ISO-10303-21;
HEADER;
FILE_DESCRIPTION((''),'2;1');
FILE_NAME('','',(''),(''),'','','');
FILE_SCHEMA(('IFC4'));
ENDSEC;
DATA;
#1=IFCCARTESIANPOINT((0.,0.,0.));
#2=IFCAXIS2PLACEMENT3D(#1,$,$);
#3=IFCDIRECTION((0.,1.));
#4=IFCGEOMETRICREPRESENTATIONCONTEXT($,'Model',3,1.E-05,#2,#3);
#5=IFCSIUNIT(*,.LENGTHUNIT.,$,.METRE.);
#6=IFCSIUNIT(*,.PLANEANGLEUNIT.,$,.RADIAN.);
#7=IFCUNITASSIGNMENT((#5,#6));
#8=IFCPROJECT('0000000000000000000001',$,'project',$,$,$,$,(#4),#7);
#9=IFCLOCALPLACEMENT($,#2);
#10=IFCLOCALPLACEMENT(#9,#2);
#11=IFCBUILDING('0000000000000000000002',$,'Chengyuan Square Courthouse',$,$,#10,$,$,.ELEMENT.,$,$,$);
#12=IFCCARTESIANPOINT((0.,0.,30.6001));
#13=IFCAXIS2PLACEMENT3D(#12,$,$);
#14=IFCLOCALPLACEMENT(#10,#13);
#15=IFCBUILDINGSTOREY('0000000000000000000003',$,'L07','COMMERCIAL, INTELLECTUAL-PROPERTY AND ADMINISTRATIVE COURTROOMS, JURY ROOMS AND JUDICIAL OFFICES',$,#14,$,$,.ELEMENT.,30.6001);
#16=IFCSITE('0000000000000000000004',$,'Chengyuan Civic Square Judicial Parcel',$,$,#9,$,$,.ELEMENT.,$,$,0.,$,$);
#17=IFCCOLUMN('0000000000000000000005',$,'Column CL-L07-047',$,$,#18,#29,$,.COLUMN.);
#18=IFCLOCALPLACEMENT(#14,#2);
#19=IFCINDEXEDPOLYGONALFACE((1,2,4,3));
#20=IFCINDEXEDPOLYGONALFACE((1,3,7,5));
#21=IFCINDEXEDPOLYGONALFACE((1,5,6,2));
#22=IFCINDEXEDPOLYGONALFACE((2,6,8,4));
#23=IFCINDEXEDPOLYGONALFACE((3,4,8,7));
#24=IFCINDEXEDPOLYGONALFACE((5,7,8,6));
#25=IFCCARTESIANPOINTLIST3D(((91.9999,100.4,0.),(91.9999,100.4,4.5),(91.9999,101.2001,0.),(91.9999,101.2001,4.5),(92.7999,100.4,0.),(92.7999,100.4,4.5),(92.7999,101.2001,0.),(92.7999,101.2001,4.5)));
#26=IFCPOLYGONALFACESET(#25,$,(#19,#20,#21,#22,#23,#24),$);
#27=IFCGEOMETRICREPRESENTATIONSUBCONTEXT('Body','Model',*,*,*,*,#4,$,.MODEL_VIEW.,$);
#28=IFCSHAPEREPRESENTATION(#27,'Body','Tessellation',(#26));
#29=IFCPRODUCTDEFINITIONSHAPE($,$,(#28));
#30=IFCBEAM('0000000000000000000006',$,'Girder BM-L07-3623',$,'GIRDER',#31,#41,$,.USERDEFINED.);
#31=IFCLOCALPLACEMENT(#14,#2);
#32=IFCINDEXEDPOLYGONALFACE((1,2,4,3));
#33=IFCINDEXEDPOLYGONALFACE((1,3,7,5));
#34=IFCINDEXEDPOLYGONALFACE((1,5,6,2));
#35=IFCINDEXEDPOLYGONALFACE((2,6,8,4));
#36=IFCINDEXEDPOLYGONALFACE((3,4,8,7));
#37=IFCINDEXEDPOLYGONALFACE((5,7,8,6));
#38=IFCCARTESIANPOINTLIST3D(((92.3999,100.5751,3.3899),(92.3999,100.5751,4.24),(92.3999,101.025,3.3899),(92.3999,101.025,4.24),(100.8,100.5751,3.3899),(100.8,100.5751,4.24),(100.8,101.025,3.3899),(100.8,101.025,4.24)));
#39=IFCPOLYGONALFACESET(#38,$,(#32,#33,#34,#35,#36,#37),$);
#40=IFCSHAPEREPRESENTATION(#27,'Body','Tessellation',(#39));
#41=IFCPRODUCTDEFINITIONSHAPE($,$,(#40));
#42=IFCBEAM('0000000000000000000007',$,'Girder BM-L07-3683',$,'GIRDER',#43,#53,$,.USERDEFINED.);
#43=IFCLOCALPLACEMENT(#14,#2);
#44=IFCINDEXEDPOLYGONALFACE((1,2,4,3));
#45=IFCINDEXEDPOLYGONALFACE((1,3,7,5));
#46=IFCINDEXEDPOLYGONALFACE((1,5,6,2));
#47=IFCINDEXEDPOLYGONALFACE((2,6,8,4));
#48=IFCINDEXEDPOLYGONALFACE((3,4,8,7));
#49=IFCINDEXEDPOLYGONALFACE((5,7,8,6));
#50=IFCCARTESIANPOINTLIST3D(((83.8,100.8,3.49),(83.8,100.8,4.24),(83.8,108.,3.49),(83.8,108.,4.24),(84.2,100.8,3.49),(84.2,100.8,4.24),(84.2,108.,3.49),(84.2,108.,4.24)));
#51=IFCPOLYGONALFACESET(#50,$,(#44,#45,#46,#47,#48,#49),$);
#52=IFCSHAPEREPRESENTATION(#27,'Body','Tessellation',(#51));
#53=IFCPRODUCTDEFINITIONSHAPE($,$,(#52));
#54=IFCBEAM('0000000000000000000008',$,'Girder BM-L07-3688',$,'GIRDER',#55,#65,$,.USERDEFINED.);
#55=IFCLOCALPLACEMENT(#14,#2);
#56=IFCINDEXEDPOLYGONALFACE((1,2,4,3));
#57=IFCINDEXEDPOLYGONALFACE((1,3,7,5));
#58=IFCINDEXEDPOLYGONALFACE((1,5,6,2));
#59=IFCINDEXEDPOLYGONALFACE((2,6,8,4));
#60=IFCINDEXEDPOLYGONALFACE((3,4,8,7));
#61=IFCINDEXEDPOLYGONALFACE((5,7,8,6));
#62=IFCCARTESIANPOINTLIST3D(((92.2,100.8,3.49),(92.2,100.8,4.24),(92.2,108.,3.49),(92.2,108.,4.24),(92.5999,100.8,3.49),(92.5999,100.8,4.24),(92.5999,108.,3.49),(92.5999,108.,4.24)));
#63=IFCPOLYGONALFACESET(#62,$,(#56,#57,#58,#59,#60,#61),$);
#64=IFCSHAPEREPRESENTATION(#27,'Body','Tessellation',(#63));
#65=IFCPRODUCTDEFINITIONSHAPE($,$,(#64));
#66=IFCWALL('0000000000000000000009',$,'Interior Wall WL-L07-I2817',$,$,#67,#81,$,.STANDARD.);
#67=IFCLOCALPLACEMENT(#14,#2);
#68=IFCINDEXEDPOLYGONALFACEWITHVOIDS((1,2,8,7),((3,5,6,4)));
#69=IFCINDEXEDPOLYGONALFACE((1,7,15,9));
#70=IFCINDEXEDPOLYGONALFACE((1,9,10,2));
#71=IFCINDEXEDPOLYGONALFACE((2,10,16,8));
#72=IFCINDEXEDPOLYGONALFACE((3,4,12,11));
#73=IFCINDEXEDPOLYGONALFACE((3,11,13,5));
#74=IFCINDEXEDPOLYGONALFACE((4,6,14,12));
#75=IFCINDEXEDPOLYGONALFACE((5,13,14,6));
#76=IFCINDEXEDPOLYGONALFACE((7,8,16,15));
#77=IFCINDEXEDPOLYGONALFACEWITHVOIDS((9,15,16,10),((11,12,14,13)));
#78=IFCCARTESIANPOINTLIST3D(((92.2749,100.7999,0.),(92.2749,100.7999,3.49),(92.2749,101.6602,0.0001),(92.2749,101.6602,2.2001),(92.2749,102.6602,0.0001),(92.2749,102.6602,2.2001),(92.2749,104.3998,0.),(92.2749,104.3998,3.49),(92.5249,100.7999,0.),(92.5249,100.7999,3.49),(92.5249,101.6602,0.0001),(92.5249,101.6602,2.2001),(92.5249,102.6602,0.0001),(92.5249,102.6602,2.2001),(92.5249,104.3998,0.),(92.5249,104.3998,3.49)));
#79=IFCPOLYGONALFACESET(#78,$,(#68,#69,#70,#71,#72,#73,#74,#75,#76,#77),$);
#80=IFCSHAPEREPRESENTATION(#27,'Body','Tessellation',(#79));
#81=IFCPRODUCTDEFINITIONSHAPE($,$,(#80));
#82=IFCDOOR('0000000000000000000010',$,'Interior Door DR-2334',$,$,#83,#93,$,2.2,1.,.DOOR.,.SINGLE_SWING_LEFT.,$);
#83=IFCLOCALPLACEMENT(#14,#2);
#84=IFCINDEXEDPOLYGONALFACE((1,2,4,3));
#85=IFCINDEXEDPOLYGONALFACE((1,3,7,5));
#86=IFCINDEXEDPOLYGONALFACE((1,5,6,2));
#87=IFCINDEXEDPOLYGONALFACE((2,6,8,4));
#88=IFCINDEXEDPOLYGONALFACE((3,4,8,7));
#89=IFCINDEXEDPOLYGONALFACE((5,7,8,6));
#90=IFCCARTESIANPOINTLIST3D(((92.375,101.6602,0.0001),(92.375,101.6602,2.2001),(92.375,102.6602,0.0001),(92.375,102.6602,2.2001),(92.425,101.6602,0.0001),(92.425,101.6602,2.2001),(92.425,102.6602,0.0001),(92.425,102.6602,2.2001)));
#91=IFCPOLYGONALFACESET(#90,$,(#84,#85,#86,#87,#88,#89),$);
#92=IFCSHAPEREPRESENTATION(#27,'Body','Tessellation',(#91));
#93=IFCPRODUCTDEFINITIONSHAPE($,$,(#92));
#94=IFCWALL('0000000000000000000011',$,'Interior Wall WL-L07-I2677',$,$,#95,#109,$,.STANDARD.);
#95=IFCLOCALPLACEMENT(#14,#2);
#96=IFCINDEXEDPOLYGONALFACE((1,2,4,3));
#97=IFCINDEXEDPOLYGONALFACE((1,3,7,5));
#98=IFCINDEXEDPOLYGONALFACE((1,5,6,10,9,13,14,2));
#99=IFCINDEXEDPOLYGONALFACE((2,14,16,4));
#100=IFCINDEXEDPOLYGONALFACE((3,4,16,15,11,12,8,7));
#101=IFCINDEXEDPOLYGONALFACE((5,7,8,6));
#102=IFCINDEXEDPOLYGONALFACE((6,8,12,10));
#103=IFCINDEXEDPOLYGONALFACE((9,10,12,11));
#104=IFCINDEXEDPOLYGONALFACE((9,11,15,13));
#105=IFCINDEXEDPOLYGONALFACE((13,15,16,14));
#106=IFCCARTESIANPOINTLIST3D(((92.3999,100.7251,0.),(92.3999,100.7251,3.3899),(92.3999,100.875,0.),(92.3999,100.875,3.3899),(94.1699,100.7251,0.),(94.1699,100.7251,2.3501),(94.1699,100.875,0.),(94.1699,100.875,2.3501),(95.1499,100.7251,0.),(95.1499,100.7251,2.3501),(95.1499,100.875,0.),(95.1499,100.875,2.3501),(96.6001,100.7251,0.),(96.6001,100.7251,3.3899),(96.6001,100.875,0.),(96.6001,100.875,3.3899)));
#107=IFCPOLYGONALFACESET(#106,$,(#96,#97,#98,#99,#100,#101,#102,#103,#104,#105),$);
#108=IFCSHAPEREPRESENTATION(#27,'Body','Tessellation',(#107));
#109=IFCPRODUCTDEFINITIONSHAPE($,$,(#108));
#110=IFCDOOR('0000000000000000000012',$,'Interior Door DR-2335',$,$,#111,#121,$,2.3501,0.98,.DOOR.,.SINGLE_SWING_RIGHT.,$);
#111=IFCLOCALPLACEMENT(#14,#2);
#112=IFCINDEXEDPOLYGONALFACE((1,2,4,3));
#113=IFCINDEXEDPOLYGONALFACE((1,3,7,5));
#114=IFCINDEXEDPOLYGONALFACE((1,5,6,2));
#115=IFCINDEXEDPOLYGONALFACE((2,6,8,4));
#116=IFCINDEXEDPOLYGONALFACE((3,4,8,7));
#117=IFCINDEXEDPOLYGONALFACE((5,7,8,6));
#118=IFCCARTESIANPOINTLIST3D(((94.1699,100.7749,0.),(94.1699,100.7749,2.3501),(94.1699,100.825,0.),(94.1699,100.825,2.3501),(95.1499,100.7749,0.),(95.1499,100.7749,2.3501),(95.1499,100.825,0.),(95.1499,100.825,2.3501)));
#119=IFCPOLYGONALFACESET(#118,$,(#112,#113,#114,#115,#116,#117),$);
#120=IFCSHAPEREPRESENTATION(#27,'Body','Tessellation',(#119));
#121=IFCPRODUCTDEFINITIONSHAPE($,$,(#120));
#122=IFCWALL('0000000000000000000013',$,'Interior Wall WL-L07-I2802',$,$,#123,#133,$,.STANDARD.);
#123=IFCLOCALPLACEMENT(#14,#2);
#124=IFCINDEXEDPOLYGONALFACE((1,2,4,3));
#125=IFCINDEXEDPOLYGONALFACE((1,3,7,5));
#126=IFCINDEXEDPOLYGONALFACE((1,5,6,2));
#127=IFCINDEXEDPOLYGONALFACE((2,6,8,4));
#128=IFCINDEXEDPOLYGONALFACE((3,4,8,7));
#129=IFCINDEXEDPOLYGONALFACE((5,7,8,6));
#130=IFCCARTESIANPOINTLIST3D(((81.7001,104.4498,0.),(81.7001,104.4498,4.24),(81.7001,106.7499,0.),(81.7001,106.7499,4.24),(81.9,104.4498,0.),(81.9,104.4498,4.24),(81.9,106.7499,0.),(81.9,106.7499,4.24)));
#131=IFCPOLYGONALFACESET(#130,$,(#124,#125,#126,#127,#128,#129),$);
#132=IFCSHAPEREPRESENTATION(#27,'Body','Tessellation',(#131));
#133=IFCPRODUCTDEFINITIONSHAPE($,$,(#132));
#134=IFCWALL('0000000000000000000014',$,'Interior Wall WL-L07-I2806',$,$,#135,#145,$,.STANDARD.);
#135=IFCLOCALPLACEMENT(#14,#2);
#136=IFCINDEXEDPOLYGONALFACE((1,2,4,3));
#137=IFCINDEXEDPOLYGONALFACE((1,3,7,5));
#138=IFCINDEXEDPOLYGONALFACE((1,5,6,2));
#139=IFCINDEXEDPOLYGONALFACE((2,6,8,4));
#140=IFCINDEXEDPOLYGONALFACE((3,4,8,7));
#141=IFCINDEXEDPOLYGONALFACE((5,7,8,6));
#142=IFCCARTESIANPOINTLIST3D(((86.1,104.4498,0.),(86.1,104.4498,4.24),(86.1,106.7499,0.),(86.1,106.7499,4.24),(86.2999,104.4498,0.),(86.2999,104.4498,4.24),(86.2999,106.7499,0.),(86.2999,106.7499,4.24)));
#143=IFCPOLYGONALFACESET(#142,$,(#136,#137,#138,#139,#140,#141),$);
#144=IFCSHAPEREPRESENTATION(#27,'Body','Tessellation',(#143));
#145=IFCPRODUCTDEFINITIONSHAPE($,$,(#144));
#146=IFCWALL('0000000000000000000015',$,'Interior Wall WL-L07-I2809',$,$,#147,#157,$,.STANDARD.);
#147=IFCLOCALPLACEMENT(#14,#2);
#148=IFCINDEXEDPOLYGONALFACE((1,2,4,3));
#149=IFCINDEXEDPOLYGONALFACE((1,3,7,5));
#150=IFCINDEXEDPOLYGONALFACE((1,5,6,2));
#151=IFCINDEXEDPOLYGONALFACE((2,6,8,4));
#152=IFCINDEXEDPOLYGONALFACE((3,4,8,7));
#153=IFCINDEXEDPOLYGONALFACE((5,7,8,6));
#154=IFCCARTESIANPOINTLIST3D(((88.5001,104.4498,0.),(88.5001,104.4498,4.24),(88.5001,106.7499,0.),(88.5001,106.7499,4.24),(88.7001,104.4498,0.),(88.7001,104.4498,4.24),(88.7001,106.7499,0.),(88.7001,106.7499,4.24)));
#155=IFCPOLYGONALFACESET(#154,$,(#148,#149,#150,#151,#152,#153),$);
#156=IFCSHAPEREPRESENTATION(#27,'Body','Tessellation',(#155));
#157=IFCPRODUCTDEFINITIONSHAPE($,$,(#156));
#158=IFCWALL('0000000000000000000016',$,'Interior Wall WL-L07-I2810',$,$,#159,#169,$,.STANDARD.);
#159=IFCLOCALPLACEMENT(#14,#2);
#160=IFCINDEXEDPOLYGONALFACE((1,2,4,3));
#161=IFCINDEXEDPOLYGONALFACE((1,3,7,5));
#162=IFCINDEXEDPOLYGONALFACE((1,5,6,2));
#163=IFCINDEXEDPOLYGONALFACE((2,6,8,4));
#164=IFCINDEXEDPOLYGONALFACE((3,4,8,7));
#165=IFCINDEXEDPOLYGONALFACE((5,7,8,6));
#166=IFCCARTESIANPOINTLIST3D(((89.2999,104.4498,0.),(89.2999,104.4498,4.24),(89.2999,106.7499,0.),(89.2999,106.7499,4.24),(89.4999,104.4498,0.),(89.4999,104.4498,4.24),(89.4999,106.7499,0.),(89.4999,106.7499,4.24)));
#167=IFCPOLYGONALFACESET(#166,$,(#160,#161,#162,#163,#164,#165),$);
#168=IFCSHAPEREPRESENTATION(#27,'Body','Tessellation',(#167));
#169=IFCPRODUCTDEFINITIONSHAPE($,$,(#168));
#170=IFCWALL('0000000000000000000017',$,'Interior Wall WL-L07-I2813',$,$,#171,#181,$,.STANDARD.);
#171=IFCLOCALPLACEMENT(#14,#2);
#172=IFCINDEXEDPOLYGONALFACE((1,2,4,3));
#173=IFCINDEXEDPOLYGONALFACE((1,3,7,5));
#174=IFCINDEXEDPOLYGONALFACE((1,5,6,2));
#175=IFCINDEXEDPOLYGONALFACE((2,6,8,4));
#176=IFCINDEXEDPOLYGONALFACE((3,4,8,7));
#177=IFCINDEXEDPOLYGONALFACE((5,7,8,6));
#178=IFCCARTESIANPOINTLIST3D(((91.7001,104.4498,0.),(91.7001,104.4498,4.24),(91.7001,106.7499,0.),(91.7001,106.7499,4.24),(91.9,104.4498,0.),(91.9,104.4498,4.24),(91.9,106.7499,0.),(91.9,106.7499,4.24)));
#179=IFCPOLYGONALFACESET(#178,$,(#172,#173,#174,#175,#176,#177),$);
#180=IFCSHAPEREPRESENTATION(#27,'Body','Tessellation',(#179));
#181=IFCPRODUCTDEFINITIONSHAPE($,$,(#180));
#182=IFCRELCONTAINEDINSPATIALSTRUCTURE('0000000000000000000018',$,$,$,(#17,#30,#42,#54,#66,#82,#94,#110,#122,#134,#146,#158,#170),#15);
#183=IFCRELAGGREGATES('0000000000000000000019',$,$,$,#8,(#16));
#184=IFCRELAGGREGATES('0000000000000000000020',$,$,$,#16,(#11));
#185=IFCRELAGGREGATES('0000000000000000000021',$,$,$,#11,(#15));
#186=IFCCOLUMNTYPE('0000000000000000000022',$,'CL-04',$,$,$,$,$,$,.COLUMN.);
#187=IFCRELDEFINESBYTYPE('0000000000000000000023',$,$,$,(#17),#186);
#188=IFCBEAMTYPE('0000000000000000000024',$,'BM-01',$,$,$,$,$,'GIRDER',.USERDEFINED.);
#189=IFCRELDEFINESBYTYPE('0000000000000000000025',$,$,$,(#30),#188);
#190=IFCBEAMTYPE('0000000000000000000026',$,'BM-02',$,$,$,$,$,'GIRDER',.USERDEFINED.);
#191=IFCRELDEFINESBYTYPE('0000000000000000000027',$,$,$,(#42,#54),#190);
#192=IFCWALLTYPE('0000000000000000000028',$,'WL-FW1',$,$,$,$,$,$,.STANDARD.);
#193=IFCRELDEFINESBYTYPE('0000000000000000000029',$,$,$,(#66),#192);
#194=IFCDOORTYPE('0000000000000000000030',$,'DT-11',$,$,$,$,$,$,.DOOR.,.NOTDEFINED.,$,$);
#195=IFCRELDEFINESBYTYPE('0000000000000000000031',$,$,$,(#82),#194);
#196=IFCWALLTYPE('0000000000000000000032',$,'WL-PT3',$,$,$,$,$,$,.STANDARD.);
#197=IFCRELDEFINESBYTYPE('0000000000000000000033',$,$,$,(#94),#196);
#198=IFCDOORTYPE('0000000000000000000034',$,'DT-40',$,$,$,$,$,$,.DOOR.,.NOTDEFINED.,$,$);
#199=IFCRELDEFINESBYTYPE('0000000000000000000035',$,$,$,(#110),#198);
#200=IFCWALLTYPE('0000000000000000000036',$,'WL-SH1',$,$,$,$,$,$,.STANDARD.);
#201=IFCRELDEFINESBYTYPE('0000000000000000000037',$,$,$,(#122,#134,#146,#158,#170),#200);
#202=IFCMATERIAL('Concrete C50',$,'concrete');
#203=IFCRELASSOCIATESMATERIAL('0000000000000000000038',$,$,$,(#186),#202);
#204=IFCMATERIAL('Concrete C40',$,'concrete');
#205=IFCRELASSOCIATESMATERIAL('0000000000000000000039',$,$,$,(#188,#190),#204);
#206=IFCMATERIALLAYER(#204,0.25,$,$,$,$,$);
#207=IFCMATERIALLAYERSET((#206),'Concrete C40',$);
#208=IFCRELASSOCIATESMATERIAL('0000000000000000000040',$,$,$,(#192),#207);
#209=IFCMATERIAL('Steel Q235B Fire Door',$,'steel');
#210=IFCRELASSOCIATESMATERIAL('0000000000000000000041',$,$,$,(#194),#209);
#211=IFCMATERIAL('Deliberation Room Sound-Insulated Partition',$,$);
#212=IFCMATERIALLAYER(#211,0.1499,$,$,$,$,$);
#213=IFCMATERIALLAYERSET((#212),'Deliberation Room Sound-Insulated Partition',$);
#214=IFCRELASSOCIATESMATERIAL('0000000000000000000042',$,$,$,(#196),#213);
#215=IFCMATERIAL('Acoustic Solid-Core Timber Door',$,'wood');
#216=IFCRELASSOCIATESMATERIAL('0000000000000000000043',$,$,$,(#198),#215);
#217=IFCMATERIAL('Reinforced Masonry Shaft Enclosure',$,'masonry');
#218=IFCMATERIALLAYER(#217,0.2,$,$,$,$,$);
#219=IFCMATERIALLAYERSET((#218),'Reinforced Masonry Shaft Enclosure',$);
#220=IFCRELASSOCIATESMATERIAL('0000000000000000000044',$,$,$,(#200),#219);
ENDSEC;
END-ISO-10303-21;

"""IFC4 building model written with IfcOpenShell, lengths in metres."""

from ifc_helpers import new_model, si_unit, direction, frame, frame_2d, origin, origin_2d, place, context, subcontext, project, spatial, rectangle, extrude, material, layer, layer_set, material_profile, profile_set, type_object, element, fill, save


model = new_model("IFC4")

# Units and contexts
model_context = context("Model", 3, precision=1e-05, world=origin(), true_north=direction((0.0, 1.0)))
body_context = subcontext(model_context, "Body", "Model", "MODEL_VIEW")
ifc_project = project(units=[si_unit("LENGTHUNIT", "METRE"), si_unit("PLANEANGLEUNIT", "RADIAN")], contexts=[model_context])

# Site, building, storey
site_placement = place(None, origin())
site = spatial("IfcSite", under=ifc_project, at=site_placement, Name="Chengyuan Civic Square Judicial Parcel", CompositionType="ELEMENT", RefElevation=0.0)
building_placement = place(site_placement, origin())
building = spatial("IfcBuilding", under=site, at=building_placement, Name="Chengyuan Square Courthouse", CompositionType="ELEMENT")
storey_placement = place(building_placement, frame((0.0, 0.0, 30.6001)))
storey = spatial("IfcBuildingStorey", under=building, at=storey_placement, Name="L07", Description="COMMERCIAL, INTELLECTUAL-PROPERTY AND ADMINISTRATIVE COURTROOMS, JURY ROOMS AND JUDICIAL OFFICES", CompositionType="ELEMENT", Elevation=30.6001)

# Column
ifc_material_1 = material(Name="Concrete C50", Category="concrete")
ifc_material_profile_1 = material_profile(ifc_material_1, rectangle(XDim=0.8, YDim=0.8, at=origin_2d()), Name="RC-COL-800x800")
ifc_profile_set_1 = profile_set([ifc_material_profile_1], Name="Concrete C50")
column_type = type_object("IfcColumnType", Name="CL-04", PredefinedType="COLUMN", material=ifc_profile_set_1)
column_placement = place(storey_placement, frame((92.3999, 100.8, 0.0), z_axis=(0.0, 0.0, 1.0), x_axis=(1.0, 0.0, 0.0)))
element("IfcColumn", 1, at=column_placement, inside=storey, type_object=column_type, Name="Column CL-L07-047", PredefinedType="COLUMN", context=body_context, shape_type="SweptSolid", body=[
    extrude(rectangle(XDim=0.8, YDim=0.8, at=origin_2d()), origin(), (0.0, 0.0, 1.0), 4.5),
])

# Beams
ifc_material_2 = material(Name="Concrete C40", Category="concrete")
ifc_material_profile_2 = material_profile(ifc_material_2, rectangle(XDim=0.45, YDim=0.8501, at=origin_2d()), Name="RC-BM-450x850")
ifc_profile_set_2 = profile_set([ifc_material_profile_2], Name="Concrete C40")
beam_type_1 = type_object("IfcBeamType", Name="BM-01", ElementType="GIRDER", PredefinedType="USERDEFINED", material=ifc_profile_set_2)
beam_placement = place(storey_placement, frame((92.3999, 100.8, 3.8149), z_axis=(1.0, 0.0, 0.0), x_axis=(0.0, 1.0, 0.0)))
element("IfcBeam", 2, at=beam_placement, inside=storey, type_object=beam_type_1, Name="Girder BM-L07-3623", ObjectType="GIRDER", PredefinedType="USERDEFINED", context=body_context, shape_type="SweptSolid", body=[
    extrude(rectangle(XDim=0.45, YDim=0.8501, at=origin_2d()), origin(), (0.0, 0.0, 1.0), 8.4001),
])
ifc_material_profile_3 = material_profile(ifc_material_2, rectangle(XDim=0.3999, YDim=0.75, at=origin_2d()), Name="RC-BM-400x750")
ifc_profile_set_3 = profile_set([ifc_material_profile_3], Name="Concrete C40")
beam_type_2 = type_object("IfcBeamType", Name="BM-02", ElementType="GIRDER", PredefinedType="USERDEFINED", material=ifc_profile_set_3)
for number, where, z_axis, x_axis, name in (
    (3, (84.0, 100.8, 3.865), (0.0, 1.0, 0.0), (-1.0, 0.0, 0.0), "Girder BM-L07-3683"),
    (4, (92.3999, 100.8, 3.865), (0.0, 1.0, 0.0), (-1.0, 0.0, 0.0), "Girder BM-L07-3688"),
):
    element("IfcBeam", number, at=place(storey_placement, frame(where, z_axis=z_axis, x_axis=x_axis)), inside=storey, type_object=beam_type_2, Name=name, ObjectType="GIRDER", PredefinedType="USERDEFINED", context=body_context, shape_type="SweptSolid", body=[
        extrude(rectangle(XDim=0.3999, YDim=0.75, at=origin_2d()), origin(), (0.0, 0.0, 1.0), 7.2),
    ])

# Shared definitions
ifc_layer_1 = layer(ifc_material_2, 0.25)
ifc_layer_set_1 = layer_set([ifc_layer_1], Name="Concrete C40")
wall_type_1 = type_object("IfcWallType", Name="WL-FW1", PredefinedType="STANDARD", material=ifc_layer_set_1)
ifc_material_3 = material(Name="Steel Q235B Fire Door", Category="steel")

# Shared definitions
door_type_1 = type_object("IfcDoorType", Name="DT-11", OperationType="NOTDEFINED", PredefinedType="DOOR", material=ifc_material_3)

# Walls, openings, doors
wall_1_placement = place(storey_placement, frame((92.3999, 100.8, 0.0), z_axis=(0.0, 0.0, 1.0), x_axis=(0.0, 1.0, 0.0)))
wall_1 = element("IfcWall", 5, at=wall_1_placement, inside=storey, type_object=wall_type_1, Name="Interior Wall WL-L07-I2817", PredefinedType="STANDARD", context=body_context, shape_type="SweptSolid", body=[
    extrude(rectangle(XDim=3.5999, YDim=0.25, at=frame_2d((1.7998, 0.0))), origin(), (0.0, 0.0, 1.0), 3.49),
])
opening_1_placement = place(wall_1_placement, frame((0.8601, 0.0, 0.0)))
opening_1 = element("IfcOpeningElement", 6, at=opening_1_placement, cuts=wall_1, PredefinedType="OPENING", context=body_context, shape_type="SweptSolid", body=[
    extrude(rectangle(XDim=1.0, YDim=2.2, at=frame_2d((0.5, 1.1001))), frame((0.0, 0.137, 0.0), z_axis=(0.0, -1.0, 0.0), x_axis=(1.0, 0.0, 0.0)), (0.0, 0.0, 1.0), 0.2739),
])
door_1_placement = place(opening_1_placement, origin())
door_1 = element("IfcDoor", 7, at=door_1_placement, inside=storey, type_object=door_type_1, Name="Interior Door DR-2334", OperationType="SINGLE_SWING_LEFT", OverallHeight=2.2, OverallWidth=1.0, PredefinedType="DOOR", context=body_context, shape_type="SweptSolid", body=[
    extrude(rectangle(XDim=1.0, YDim=2.2, at=frame_2d((0.5, 1.1001))), frame((0.0, 0.0249, 0.0), z_axis=(0.0, -1.0, 0.0), x_axis=(1.0, 0.0, 0.0)), (0.0, 0.0, 1.0), 0.05),
])
fill(opening_1, door_1)
ifc_material_4 = material(Name="Deliberation Room Sound-Insulated Partition")
ifc_layer_2 = layer(ifc_material_4, 0.1499)
ifc_layer_set_2 = layer_set([ifc_layer_2], Name="Deliberation Room Sound-Insulated Partition")
wall_type_2 = type_object("IfcWallType", Name="WL-PT3", PredefinedType="STANDARD", material=ifc_layer_set_2)
wall_2_placement = place(storey_placement, frame((92.3999, 100.8, 0.0), z_axis=(0.0, 0.0, 1.0), x_axis=(1.0, 0.0, 0.0)))
wall_2 = element("IfcWall", 8, at=wall_2_placement, inside=storey, type_object=wall_type_2, Name="Interior Wall WL-L07-I2677", PredefinedType="STANDARD", context=body_context, shape_type="SweptSolid", body=[
    extrude(rectangle(XDim=4.2002, YDim=0.1499, at=frame_2d((2.1001, 0.0))), origin(), (0.0, 0.0, 1.0), 3.3899),
])
opening_2_placement = place(wall_2_placement, frame((1.77, 0.0, 0.0)))
opening_2 = element("IfcOpeningElement", 9, at=opening_2_placement, cuts=wall_2, PredefinedType="OPENING", context=body_context, shape_type="SweptSolid", body=[
    extrude(rectangle(XDim=0.98, YDim=2.3501, at=frame_2d((0.49, 1.175))), frame((0.0, 0.0869, 0.0), z_axis=(0.0, -1.0, 0.0), x_axis=(1.0, 0.0, 0.0)), (0.0, 0.0, 1.0), 0.1738),
])
ifc_material_5 = material(Name="Acoustic Solid-Core Timber Door", Category="wood")
door_type_2 = type_object("IfcDoorType", Name="DT-40", OperationType="NOTDEFINED", PredefinedType="DOOR", material=ifc_material_5)
door_2_placement = place(opening_2_placement, origin())
door_2 = element("IfcDoor", 10, at=door_2_placement, inside=storey, type_object=door_type_2, Name="Interior Door DR-2335", OperationType="SINGLE_SWING_RIGHT", OverallHeight=2.3501, OverallWidth=0.98, PredefinedType="DOOR", context=body_context, shape_type="SweptSolid", body=[
    extrude(rectangle(XDim=0.98, YDim=2.3501, at=frame_2d((0.49, 1.175))), frame((0.0, 0.0249, 0.0), z_axis=(0.0, -1.0, 0.0), x_axis=(1.0, 0.0, 0.0)), (0.0, 0.0, 1.0), 0.05),
])
fill(opening_2, door_2)
ifc_material_6 = material(Name="Reinforced Masonry Shaft Enclosure", Category="masonry")
ifc_layer_3 = layer(ifc_material_6, 0.2)
ifc_layer_set_3 = layer_set([ifc_layer_3], Name="Reinforced Masonry Shaft Enclosure")
wall_type_3 = type_object("IfcWallType", Name="WL-SH1", PredefinedType="STANDARD", material=ifc_layer_set_3)

# Walls
for number, where, z_axis, x_axis, name in (
    (11, (81.8, 104.45, 0.0), (0.0, 0.0, 1.0), (0.0, 1.0, 0.0), "Interior Wall WL-L07-I2802"),
    (12, (86.2, 104.45, 0.0), (0.0, 0.0, 1.0), (0.0, 1.0, 0.0), "Interior Wall WL-L07-I2806"),
    (13, (88.6001, 104.45, 0.0), (0.0, 0.0, 1.0), (0.0, 1.0, 0.0), "Interior Wall WL-L07-I2809"),
    (14, (89.3999, 104.45, 0.0), (0.0, 0.0, 1.0), (0.0, 1.0, 0.0), "Interior Wall WL-L07-I2810"),
    (15, (91.8, 104.45, 0.0), (0.0, 0.0, 1.0), (0.0, 1.0, 0.0), "Interior Wall WL-L07-I2813"),
):
    element("IfcWall", number, at=place(storey_placement, frame(where, z_axis=z_axis, x_axis=x_axis)), inside=storey, type_object=wall_type_3, Name=name, PredefinedType="STANDARD", context=body_context, shape_type="SweptSolid", body=[
        extrude(rectangle(XDim=2.3, YDim=0.2, at=frame_2d((1.1499, 0.0))), origin(), (0.0, 0.0, 1.0), 4.24),
    ])

save(model, "model.ifc")
